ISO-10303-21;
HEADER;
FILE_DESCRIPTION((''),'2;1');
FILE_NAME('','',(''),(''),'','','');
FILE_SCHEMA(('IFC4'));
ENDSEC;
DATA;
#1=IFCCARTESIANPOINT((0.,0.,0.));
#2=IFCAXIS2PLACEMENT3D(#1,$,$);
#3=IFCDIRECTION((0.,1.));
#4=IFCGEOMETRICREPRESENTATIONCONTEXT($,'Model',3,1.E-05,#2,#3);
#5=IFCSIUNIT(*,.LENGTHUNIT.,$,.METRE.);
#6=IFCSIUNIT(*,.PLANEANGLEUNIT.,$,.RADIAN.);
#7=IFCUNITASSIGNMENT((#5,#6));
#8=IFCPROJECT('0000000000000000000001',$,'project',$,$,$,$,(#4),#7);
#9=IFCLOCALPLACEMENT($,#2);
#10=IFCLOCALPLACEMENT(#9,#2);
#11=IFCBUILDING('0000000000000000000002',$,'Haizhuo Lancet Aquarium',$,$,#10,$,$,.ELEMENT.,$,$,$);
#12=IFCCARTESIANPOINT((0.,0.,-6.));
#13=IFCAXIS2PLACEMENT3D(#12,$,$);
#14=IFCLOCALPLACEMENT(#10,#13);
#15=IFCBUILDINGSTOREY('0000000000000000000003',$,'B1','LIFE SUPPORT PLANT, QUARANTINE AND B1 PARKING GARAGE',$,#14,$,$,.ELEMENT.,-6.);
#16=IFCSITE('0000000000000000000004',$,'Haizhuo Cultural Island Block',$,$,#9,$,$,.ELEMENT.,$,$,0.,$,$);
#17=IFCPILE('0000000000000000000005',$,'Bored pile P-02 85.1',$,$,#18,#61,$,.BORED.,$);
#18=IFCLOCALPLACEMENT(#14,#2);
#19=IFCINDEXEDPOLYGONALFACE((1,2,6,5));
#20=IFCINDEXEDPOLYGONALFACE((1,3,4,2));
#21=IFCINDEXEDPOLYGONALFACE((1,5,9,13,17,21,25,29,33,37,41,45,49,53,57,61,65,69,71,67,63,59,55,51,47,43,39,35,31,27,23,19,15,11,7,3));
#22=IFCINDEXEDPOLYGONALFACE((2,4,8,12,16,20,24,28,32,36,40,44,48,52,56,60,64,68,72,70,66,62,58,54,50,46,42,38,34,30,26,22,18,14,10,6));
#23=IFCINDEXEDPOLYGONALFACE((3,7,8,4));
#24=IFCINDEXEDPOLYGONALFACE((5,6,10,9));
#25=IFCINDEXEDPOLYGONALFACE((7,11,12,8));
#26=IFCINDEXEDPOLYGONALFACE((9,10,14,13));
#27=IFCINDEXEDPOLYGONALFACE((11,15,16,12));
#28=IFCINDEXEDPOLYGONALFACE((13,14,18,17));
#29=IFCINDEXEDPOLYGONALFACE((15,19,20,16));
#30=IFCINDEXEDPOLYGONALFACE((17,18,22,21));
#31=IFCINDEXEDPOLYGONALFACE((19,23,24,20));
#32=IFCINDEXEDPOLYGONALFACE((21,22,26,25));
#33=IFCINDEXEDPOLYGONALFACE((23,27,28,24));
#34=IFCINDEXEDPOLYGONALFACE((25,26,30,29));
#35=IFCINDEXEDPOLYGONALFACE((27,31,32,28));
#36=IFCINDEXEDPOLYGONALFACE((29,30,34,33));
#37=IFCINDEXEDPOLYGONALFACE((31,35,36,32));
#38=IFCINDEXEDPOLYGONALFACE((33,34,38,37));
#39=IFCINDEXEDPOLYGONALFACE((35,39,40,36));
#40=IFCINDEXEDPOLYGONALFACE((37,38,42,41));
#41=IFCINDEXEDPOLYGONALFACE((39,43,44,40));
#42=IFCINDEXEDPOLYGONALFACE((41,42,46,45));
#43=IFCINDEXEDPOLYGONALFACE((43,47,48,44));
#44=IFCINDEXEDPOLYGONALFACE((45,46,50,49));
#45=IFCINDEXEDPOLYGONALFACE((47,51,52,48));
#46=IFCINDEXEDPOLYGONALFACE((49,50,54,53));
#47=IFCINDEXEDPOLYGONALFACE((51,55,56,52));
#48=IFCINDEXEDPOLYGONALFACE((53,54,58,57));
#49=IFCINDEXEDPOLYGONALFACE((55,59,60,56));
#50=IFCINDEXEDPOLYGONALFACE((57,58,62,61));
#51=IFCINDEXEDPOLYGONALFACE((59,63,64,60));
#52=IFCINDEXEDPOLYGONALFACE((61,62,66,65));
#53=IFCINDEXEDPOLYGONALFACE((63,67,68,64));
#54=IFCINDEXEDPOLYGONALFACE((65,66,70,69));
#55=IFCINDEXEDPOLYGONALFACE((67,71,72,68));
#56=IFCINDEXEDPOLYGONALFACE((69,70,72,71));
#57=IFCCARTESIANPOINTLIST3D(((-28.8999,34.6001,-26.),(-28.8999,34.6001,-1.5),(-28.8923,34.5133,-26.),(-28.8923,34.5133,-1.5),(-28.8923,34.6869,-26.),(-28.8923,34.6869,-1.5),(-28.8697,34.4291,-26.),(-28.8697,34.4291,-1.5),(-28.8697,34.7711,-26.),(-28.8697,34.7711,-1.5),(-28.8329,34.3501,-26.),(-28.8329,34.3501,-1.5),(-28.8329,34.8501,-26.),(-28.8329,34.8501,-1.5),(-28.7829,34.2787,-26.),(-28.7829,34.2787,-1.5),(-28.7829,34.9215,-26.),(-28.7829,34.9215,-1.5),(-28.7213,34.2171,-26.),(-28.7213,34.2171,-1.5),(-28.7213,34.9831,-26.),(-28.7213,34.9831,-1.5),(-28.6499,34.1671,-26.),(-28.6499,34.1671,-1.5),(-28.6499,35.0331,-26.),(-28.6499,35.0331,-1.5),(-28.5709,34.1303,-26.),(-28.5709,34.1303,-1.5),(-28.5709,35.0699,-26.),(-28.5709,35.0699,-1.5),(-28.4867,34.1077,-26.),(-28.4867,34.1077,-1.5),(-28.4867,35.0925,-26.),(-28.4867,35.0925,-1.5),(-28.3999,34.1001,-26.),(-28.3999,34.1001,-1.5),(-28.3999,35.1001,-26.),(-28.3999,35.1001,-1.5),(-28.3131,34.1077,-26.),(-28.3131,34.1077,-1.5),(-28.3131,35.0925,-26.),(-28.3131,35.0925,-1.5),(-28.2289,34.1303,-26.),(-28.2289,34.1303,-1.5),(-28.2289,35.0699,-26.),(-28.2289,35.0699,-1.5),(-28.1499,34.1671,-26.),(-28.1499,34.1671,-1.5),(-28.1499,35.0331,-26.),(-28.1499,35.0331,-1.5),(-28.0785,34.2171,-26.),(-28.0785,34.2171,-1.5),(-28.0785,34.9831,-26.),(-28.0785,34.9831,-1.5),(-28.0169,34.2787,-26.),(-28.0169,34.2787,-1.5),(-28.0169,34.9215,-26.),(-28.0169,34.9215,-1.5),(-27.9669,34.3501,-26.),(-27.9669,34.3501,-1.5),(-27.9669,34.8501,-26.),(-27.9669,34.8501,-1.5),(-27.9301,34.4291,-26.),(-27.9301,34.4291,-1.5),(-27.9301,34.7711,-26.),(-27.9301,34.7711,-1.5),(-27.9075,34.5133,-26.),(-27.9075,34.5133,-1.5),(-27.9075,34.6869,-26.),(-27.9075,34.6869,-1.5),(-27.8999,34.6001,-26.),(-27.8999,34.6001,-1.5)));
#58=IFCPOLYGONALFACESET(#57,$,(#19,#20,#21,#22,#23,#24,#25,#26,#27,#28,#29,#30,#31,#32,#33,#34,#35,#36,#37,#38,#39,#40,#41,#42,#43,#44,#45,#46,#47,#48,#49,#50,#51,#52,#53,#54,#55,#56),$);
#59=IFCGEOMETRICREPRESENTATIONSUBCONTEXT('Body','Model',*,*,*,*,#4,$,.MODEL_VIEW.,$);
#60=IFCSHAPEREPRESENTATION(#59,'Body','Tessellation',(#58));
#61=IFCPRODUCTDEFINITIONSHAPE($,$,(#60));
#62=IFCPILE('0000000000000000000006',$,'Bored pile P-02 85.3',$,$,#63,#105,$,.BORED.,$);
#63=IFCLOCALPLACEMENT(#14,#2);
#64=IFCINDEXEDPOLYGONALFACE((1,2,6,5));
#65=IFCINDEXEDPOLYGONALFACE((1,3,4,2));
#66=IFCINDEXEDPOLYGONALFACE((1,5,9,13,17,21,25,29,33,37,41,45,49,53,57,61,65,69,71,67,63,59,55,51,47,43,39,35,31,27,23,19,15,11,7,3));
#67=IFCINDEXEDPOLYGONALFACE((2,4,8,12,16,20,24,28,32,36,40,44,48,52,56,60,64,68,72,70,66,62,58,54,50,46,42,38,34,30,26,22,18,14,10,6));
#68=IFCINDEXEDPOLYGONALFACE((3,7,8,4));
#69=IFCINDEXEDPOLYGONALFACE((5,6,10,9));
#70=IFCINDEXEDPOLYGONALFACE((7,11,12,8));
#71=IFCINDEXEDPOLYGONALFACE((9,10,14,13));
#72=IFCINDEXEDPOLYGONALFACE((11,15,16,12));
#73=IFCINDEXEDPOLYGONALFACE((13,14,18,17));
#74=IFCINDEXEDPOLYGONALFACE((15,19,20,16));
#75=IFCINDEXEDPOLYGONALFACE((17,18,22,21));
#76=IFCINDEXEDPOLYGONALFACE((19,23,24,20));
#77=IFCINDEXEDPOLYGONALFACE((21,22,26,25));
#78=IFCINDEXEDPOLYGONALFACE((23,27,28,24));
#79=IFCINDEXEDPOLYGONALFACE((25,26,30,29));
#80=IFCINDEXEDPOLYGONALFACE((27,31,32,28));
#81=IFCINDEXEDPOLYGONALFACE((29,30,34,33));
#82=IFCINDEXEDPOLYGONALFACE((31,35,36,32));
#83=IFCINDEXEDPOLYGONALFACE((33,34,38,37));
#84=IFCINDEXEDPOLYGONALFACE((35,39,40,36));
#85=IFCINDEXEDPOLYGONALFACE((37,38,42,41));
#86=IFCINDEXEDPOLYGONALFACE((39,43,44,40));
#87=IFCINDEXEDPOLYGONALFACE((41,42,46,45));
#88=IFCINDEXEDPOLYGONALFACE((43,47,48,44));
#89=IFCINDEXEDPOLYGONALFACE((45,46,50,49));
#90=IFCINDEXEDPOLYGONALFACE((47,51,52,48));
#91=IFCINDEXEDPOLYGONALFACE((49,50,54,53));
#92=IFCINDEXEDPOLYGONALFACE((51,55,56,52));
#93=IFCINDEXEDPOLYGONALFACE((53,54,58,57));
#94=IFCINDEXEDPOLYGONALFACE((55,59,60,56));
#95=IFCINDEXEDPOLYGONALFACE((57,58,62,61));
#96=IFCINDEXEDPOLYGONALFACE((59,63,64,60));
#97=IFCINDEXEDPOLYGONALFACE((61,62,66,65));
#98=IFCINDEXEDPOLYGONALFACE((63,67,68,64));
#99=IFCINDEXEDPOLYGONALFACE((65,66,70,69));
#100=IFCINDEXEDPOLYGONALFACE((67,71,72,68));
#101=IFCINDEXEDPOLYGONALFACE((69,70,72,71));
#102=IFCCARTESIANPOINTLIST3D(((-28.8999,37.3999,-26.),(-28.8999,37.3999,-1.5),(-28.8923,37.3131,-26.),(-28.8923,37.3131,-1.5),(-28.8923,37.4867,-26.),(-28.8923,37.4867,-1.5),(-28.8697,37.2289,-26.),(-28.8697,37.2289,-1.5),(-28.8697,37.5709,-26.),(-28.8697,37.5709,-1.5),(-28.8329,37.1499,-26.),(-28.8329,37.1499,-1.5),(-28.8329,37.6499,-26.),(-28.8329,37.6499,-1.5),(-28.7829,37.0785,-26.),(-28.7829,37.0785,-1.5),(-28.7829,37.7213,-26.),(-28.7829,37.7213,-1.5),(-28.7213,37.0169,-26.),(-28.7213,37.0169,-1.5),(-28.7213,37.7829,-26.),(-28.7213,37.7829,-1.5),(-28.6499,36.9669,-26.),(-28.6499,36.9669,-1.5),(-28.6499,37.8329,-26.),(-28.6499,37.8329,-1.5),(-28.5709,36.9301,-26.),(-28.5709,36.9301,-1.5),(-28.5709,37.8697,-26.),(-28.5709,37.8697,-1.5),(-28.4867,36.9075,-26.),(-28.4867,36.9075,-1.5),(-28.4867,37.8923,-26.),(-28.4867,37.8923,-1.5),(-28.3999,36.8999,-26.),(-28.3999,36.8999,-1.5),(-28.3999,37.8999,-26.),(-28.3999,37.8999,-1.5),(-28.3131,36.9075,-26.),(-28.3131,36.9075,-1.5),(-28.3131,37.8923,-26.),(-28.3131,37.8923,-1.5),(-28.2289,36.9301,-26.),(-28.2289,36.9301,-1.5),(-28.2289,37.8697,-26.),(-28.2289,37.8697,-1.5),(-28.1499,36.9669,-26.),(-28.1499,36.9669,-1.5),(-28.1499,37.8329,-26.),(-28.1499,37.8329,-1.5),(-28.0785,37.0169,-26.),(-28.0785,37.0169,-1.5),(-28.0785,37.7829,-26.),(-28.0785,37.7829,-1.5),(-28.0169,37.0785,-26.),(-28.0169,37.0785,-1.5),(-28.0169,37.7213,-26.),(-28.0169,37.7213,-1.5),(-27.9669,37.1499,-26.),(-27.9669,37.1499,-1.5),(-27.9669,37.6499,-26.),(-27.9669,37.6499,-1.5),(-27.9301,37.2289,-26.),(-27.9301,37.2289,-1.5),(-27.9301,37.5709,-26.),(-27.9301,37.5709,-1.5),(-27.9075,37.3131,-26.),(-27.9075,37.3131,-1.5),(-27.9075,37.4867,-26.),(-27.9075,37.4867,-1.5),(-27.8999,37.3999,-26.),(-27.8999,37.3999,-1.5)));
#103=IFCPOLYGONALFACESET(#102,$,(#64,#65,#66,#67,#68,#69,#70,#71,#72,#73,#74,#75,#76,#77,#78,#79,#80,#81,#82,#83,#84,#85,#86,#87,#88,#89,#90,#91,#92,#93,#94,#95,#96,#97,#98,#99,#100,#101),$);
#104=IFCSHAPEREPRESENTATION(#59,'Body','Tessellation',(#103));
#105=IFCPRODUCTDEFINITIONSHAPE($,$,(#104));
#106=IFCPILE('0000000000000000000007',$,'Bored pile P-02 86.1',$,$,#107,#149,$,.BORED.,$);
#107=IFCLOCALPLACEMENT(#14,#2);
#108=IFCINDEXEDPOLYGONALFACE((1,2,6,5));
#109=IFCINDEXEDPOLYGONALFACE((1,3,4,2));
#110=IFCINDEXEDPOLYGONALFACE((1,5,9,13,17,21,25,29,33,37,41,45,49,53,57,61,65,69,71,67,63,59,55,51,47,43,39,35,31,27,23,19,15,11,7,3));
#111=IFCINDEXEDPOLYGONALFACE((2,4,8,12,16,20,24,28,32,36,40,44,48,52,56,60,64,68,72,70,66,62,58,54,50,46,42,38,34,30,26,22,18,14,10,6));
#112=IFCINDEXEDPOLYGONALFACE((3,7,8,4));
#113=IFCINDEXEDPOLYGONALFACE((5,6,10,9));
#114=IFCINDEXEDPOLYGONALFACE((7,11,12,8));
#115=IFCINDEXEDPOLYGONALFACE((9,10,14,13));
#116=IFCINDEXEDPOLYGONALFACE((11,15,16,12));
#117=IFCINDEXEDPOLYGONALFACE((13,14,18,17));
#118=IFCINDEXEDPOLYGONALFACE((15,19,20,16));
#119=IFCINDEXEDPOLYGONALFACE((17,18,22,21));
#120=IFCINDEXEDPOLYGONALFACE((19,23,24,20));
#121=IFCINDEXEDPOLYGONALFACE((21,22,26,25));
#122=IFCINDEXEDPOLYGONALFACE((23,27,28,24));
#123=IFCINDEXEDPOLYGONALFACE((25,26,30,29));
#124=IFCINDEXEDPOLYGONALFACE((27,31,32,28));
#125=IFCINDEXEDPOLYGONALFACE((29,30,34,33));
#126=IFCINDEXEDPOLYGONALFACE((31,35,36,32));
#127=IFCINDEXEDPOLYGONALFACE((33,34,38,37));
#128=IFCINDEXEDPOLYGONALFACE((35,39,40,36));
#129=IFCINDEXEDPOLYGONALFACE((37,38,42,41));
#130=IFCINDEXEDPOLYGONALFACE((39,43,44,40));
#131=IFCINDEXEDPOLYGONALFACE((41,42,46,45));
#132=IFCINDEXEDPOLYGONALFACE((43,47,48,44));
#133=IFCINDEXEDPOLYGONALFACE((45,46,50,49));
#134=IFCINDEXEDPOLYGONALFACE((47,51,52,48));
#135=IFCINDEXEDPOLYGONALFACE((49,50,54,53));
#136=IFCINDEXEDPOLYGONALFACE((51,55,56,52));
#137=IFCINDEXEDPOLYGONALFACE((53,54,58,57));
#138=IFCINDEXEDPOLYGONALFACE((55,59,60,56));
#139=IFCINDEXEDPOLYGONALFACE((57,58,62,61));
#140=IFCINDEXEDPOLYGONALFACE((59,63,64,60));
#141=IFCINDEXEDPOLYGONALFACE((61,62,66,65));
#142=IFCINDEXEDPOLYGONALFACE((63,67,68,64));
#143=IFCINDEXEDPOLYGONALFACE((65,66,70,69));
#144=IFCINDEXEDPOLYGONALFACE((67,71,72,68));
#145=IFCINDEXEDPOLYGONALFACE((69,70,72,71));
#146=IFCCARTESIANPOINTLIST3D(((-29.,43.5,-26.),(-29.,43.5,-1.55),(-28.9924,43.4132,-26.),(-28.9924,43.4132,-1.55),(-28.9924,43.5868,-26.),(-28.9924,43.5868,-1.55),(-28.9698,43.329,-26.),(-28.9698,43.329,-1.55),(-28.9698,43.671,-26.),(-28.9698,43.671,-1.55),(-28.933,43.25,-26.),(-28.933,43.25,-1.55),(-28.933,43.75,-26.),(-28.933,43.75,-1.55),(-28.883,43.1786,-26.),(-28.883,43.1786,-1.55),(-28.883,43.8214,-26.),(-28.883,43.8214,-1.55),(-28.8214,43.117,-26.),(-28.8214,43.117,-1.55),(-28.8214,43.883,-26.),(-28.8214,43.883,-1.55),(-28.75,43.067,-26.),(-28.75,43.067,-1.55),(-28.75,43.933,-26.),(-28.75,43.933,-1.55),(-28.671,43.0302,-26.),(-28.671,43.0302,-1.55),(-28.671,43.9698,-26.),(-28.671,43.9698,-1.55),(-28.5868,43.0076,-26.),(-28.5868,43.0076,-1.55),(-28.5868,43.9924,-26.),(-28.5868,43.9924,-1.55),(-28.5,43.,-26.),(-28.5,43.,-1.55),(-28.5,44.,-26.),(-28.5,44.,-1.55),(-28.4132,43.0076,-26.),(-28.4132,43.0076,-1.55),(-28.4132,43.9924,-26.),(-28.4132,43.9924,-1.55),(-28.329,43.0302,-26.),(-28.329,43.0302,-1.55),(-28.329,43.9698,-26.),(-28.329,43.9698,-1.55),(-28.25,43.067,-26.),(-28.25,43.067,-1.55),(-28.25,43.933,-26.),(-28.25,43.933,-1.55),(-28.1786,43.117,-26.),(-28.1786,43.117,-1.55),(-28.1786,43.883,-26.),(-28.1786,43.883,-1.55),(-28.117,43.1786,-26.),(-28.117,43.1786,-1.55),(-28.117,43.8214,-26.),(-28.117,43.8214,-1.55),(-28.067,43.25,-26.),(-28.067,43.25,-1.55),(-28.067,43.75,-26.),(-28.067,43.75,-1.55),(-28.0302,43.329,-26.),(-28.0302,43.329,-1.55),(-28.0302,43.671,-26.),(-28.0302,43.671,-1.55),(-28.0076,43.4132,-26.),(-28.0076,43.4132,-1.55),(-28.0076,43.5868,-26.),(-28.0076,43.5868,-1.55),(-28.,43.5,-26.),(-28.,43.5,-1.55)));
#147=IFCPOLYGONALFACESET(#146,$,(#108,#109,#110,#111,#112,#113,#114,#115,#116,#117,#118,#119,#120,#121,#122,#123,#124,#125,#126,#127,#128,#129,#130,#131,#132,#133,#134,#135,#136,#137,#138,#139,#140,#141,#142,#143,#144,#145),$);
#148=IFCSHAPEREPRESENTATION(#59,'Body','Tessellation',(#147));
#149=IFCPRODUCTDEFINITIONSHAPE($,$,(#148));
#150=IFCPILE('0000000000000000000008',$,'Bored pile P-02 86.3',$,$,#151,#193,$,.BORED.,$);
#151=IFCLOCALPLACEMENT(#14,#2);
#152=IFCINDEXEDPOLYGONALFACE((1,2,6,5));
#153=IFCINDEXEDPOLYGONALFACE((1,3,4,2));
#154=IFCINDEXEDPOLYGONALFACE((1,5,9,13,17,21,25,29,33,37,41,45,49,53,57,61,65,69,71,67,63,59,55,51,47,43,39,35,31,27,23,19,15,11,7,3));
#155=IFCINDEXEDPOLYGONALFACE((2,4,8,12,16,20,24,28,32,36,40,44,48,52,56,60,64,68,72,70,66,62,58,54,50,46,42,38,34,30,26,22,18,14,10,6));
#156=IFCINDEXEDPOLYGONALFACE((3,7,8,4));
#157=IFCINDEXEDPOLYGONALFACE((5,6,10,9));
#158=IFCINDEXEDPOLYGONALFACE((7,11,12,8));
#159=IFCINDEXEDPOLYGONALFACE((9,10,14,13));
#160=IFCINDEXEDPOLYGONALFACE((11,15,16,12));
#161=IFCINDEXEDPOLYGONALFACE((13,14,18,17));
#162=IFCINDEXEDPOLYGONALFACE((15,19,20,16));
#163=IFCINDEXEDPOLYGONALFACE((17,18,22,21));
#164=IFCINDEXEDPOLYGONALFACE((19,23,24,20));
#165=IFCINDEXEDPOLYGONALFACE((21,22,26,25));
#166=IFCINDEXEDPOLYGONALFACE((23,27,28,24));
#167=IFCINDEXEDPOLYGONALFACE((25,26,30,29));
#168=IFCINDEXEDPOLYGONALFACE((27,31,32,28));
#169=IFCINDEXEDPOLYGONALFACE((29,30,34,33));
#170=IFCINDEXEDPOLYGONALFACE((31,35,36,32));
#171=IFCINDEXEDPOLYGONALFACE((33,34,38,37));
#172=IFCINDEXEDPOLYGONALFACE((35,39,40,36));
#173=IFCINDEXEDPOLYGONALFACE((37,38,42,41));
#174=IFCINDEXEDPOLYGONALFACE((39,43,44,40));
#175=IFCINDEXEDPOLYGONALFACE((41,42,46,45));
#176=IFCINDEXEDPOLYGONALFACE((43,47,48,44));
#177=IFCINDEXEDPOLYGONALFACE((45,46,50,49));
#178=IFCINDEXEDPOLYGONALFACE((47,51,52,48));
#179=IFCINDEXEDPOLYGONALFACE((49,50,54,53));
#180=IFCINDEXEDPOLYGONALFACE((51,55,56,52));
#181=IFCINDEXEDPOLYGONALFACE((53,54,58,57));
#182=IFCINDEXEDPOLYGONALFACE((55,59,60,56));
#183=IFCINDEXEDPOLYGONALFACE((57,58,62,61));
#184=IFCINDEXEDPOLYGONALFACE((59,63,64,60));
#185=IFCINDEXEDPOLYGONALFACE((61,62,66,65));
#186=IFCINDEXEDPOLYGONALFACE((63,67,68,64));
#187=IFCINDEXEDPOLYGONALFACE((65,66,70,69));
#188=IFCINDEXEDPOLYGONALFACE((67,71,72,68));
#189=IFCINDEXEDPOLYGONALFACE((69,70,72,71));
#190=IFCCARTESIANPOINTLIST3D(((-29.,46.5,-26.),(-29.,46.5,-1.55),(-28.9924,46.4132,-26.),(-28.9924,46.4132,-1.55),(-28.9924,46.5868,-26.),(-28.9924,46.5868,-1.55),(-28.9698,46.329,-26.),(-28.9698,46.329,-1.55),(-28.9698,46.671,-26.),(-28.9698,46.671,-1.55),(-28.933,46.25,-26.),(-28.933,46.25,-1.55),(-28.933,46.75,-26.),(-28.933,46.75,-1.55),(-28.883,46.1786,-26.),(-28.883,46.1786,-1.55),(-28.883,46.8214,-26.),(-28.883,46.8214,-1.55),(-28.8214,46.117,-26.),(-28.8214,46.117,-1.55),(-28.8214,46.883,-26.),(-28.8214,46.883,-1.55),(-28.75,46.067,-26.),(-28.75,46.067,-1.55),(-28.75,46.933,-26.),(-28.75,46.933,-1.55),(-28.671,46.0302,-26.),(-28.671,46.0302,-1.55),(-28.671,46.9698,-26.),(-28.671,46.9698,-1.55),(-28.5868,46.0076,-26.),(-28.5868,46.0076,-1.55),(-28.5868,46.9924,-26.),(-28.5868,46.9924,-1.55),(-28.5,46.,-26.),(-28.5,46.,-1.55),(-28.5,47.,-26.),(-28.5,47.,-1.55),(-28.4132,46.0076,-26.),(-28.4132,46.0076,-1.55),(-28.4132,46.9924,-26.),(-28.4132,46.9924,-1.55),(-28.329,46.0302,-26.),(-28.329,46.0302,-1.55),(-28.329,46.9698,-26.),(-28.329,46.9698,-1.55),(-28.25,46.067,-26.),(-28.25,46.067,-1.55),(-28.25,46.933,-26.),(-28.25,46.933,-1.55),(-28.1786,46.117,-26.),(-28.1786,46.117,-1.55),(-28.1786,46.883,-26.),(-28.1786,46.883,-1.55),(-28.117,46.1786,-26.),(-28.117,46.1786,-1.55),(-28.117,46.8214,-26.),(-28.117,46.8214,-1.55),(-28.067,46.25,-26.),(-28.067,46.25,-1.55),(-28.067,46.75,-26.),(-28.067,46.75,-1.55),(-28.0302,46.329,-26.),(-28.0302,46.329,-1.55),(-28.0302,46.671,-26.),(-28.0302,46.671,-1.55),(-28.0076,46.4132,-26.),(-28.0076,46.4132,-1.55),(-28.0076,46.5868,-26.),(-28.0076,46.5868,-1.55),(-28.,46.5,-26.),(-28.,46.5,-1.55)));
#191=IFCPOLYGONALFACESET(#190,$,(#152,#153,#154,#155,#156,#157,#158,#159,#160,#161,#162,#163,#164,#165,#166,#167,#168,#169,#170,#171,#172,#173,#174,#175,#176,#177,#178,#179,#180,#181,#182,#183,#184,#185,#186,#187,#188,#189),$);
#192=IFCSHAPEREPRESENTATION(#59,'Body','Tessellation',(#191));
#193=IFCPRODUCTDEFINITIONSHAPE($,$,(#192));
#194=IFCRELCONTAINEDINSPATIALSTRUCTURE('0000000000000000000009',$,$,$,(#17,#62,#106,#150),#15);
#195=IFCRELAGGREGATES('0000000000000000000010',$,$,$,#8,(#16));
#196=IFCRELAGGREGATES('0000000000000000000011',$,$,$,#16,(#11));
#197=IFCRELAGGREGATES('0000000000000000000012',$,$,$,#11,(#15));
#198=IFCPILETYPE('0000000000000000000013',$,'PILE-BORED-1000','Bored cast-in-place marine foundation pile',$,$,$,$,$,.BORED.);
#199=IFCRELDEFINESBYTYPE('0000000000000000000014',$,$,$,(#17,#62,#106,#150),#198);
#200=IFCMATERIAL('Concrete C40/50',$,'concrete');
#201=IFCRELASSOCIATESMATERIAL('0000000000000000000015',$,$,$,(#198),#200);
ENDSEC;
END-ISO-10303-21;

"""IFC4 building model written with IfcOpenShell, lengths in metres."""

from ifc_helpers import new_model, si_unit, direction, frame, origin, origin_2d, place, context, subcontext, project, spatial, circle, extrude, material, material_profile, profile_set, type_object, element, save


model = new_model("IFC4")

# Units and contexts
model_context = context("Model", 3, precision=1e-05, world=origin(), true_north=direction((0.0, 1.0)))
body_context = subcontext(model_context, "Body", "Model", "MODEL_VIEW")
ifc_project = project(units=[si_unit("LENGTHUNIT", "METRE"), si_unit("PLANEANGLEUNIT", "RADIAN")], contexts=[model_context])

# Site, building, storey
site_placement = place(None, origin())
site = spatial("IfcSite", under=ifc_project, at=site_placement, Name="Haizhuo Cultural Island Block", CompositionType="ELEMENT", RefElevation=0.0)
building_placement = place(site_placement, origin())
building = spatial("IfcBuilding", under=site, at=building_placement, Name="Haizhuo Lancet Aquarium", CompositionType="ELEMENT")
storey_placement = place(building_placement, frame((0.0, 0.0, -6.0)))
storey = spatial("IfcBuildingStorey", under=building, at=storey_placement, Name="B1", Description="LIFE SUPPORT PLANT, QUARANTINE AND B1 PARKING GARAGE", CompositionType="ELEMENT", Elevation=-6.0)

# Shared definitions
ifc_material_1 = material(Name="Concrete C40/50", Category="concrete")

# Piles
ifc_material_profile_1 = material_profile(ifc_material_1, circle(Radius=0.5, at=origin_2d()), Name="PILE-1000")
ifc_profile_set_1 = profile_set([ifc_material_profile_1], Name="Concrete C40/50")
pile_type_1 = type_object("IfcPileType", Name="PILE-BORED-1000", Description="Bored cast-in-place marine foundation pile", PredefinedType="BORED", material=ifc_profile_set_1)
for number, where, z_axis, x_axis, name in (
    (1, (-28.3999, 34.6001, -1.5), (0.0, 0.0, -1.0), (1.0, 0.0, 0.0), "Bored pile P-02 85.1"),
    (2, (-28.3999, 37.3999, -1.5), (0.0, 0.0, -1.0), (1.0, 0.0, 0.0), "Bored pile P-02 85.3"),
):
    element("IfcPile", number, at=place(storey_placement, frame(where, z_axis=z_axis, x_axis=x_axis)), inside=storey, type_object=pile_type_1, Name=name, PredefinedType="BORED", context=body_context, shape_type="SweptSolid", body=[
        extrude(circle(Radius=0.5, at=origin_2d()), origin(), (0.0, 0.0, 1.0), 24.5),
    ])
for number, where, z_axis, x_axis, name in (
    (3, (-28.5, 43.5, -1.55), (0.0, 0.0, -1.0), (1.0, 0.0, 0.0), "Bored pile P-02 86.1"),
    (4, (-28.5, 46.5, -1.55), (0.0, 0.0, -1.0), (1.0, 0.0, 0.0), "Bored pile P-02 86.3"),
):
    element("IfcPile", number, at=place(storey_placement, frame(where, z_axis=z_axis, x_axis=x_axis)), inside=storey, type_object=pile_type_1, Name=name, PredefinedType="BORED", context=body_context, shape_type="SweptSolid", body=[
        extrude(circle(Radius=0.5, at=origin_2d()), origin(), (0.0, 0.0, 1.0), 24.45),
    ])

save(model, "model.ifc")
